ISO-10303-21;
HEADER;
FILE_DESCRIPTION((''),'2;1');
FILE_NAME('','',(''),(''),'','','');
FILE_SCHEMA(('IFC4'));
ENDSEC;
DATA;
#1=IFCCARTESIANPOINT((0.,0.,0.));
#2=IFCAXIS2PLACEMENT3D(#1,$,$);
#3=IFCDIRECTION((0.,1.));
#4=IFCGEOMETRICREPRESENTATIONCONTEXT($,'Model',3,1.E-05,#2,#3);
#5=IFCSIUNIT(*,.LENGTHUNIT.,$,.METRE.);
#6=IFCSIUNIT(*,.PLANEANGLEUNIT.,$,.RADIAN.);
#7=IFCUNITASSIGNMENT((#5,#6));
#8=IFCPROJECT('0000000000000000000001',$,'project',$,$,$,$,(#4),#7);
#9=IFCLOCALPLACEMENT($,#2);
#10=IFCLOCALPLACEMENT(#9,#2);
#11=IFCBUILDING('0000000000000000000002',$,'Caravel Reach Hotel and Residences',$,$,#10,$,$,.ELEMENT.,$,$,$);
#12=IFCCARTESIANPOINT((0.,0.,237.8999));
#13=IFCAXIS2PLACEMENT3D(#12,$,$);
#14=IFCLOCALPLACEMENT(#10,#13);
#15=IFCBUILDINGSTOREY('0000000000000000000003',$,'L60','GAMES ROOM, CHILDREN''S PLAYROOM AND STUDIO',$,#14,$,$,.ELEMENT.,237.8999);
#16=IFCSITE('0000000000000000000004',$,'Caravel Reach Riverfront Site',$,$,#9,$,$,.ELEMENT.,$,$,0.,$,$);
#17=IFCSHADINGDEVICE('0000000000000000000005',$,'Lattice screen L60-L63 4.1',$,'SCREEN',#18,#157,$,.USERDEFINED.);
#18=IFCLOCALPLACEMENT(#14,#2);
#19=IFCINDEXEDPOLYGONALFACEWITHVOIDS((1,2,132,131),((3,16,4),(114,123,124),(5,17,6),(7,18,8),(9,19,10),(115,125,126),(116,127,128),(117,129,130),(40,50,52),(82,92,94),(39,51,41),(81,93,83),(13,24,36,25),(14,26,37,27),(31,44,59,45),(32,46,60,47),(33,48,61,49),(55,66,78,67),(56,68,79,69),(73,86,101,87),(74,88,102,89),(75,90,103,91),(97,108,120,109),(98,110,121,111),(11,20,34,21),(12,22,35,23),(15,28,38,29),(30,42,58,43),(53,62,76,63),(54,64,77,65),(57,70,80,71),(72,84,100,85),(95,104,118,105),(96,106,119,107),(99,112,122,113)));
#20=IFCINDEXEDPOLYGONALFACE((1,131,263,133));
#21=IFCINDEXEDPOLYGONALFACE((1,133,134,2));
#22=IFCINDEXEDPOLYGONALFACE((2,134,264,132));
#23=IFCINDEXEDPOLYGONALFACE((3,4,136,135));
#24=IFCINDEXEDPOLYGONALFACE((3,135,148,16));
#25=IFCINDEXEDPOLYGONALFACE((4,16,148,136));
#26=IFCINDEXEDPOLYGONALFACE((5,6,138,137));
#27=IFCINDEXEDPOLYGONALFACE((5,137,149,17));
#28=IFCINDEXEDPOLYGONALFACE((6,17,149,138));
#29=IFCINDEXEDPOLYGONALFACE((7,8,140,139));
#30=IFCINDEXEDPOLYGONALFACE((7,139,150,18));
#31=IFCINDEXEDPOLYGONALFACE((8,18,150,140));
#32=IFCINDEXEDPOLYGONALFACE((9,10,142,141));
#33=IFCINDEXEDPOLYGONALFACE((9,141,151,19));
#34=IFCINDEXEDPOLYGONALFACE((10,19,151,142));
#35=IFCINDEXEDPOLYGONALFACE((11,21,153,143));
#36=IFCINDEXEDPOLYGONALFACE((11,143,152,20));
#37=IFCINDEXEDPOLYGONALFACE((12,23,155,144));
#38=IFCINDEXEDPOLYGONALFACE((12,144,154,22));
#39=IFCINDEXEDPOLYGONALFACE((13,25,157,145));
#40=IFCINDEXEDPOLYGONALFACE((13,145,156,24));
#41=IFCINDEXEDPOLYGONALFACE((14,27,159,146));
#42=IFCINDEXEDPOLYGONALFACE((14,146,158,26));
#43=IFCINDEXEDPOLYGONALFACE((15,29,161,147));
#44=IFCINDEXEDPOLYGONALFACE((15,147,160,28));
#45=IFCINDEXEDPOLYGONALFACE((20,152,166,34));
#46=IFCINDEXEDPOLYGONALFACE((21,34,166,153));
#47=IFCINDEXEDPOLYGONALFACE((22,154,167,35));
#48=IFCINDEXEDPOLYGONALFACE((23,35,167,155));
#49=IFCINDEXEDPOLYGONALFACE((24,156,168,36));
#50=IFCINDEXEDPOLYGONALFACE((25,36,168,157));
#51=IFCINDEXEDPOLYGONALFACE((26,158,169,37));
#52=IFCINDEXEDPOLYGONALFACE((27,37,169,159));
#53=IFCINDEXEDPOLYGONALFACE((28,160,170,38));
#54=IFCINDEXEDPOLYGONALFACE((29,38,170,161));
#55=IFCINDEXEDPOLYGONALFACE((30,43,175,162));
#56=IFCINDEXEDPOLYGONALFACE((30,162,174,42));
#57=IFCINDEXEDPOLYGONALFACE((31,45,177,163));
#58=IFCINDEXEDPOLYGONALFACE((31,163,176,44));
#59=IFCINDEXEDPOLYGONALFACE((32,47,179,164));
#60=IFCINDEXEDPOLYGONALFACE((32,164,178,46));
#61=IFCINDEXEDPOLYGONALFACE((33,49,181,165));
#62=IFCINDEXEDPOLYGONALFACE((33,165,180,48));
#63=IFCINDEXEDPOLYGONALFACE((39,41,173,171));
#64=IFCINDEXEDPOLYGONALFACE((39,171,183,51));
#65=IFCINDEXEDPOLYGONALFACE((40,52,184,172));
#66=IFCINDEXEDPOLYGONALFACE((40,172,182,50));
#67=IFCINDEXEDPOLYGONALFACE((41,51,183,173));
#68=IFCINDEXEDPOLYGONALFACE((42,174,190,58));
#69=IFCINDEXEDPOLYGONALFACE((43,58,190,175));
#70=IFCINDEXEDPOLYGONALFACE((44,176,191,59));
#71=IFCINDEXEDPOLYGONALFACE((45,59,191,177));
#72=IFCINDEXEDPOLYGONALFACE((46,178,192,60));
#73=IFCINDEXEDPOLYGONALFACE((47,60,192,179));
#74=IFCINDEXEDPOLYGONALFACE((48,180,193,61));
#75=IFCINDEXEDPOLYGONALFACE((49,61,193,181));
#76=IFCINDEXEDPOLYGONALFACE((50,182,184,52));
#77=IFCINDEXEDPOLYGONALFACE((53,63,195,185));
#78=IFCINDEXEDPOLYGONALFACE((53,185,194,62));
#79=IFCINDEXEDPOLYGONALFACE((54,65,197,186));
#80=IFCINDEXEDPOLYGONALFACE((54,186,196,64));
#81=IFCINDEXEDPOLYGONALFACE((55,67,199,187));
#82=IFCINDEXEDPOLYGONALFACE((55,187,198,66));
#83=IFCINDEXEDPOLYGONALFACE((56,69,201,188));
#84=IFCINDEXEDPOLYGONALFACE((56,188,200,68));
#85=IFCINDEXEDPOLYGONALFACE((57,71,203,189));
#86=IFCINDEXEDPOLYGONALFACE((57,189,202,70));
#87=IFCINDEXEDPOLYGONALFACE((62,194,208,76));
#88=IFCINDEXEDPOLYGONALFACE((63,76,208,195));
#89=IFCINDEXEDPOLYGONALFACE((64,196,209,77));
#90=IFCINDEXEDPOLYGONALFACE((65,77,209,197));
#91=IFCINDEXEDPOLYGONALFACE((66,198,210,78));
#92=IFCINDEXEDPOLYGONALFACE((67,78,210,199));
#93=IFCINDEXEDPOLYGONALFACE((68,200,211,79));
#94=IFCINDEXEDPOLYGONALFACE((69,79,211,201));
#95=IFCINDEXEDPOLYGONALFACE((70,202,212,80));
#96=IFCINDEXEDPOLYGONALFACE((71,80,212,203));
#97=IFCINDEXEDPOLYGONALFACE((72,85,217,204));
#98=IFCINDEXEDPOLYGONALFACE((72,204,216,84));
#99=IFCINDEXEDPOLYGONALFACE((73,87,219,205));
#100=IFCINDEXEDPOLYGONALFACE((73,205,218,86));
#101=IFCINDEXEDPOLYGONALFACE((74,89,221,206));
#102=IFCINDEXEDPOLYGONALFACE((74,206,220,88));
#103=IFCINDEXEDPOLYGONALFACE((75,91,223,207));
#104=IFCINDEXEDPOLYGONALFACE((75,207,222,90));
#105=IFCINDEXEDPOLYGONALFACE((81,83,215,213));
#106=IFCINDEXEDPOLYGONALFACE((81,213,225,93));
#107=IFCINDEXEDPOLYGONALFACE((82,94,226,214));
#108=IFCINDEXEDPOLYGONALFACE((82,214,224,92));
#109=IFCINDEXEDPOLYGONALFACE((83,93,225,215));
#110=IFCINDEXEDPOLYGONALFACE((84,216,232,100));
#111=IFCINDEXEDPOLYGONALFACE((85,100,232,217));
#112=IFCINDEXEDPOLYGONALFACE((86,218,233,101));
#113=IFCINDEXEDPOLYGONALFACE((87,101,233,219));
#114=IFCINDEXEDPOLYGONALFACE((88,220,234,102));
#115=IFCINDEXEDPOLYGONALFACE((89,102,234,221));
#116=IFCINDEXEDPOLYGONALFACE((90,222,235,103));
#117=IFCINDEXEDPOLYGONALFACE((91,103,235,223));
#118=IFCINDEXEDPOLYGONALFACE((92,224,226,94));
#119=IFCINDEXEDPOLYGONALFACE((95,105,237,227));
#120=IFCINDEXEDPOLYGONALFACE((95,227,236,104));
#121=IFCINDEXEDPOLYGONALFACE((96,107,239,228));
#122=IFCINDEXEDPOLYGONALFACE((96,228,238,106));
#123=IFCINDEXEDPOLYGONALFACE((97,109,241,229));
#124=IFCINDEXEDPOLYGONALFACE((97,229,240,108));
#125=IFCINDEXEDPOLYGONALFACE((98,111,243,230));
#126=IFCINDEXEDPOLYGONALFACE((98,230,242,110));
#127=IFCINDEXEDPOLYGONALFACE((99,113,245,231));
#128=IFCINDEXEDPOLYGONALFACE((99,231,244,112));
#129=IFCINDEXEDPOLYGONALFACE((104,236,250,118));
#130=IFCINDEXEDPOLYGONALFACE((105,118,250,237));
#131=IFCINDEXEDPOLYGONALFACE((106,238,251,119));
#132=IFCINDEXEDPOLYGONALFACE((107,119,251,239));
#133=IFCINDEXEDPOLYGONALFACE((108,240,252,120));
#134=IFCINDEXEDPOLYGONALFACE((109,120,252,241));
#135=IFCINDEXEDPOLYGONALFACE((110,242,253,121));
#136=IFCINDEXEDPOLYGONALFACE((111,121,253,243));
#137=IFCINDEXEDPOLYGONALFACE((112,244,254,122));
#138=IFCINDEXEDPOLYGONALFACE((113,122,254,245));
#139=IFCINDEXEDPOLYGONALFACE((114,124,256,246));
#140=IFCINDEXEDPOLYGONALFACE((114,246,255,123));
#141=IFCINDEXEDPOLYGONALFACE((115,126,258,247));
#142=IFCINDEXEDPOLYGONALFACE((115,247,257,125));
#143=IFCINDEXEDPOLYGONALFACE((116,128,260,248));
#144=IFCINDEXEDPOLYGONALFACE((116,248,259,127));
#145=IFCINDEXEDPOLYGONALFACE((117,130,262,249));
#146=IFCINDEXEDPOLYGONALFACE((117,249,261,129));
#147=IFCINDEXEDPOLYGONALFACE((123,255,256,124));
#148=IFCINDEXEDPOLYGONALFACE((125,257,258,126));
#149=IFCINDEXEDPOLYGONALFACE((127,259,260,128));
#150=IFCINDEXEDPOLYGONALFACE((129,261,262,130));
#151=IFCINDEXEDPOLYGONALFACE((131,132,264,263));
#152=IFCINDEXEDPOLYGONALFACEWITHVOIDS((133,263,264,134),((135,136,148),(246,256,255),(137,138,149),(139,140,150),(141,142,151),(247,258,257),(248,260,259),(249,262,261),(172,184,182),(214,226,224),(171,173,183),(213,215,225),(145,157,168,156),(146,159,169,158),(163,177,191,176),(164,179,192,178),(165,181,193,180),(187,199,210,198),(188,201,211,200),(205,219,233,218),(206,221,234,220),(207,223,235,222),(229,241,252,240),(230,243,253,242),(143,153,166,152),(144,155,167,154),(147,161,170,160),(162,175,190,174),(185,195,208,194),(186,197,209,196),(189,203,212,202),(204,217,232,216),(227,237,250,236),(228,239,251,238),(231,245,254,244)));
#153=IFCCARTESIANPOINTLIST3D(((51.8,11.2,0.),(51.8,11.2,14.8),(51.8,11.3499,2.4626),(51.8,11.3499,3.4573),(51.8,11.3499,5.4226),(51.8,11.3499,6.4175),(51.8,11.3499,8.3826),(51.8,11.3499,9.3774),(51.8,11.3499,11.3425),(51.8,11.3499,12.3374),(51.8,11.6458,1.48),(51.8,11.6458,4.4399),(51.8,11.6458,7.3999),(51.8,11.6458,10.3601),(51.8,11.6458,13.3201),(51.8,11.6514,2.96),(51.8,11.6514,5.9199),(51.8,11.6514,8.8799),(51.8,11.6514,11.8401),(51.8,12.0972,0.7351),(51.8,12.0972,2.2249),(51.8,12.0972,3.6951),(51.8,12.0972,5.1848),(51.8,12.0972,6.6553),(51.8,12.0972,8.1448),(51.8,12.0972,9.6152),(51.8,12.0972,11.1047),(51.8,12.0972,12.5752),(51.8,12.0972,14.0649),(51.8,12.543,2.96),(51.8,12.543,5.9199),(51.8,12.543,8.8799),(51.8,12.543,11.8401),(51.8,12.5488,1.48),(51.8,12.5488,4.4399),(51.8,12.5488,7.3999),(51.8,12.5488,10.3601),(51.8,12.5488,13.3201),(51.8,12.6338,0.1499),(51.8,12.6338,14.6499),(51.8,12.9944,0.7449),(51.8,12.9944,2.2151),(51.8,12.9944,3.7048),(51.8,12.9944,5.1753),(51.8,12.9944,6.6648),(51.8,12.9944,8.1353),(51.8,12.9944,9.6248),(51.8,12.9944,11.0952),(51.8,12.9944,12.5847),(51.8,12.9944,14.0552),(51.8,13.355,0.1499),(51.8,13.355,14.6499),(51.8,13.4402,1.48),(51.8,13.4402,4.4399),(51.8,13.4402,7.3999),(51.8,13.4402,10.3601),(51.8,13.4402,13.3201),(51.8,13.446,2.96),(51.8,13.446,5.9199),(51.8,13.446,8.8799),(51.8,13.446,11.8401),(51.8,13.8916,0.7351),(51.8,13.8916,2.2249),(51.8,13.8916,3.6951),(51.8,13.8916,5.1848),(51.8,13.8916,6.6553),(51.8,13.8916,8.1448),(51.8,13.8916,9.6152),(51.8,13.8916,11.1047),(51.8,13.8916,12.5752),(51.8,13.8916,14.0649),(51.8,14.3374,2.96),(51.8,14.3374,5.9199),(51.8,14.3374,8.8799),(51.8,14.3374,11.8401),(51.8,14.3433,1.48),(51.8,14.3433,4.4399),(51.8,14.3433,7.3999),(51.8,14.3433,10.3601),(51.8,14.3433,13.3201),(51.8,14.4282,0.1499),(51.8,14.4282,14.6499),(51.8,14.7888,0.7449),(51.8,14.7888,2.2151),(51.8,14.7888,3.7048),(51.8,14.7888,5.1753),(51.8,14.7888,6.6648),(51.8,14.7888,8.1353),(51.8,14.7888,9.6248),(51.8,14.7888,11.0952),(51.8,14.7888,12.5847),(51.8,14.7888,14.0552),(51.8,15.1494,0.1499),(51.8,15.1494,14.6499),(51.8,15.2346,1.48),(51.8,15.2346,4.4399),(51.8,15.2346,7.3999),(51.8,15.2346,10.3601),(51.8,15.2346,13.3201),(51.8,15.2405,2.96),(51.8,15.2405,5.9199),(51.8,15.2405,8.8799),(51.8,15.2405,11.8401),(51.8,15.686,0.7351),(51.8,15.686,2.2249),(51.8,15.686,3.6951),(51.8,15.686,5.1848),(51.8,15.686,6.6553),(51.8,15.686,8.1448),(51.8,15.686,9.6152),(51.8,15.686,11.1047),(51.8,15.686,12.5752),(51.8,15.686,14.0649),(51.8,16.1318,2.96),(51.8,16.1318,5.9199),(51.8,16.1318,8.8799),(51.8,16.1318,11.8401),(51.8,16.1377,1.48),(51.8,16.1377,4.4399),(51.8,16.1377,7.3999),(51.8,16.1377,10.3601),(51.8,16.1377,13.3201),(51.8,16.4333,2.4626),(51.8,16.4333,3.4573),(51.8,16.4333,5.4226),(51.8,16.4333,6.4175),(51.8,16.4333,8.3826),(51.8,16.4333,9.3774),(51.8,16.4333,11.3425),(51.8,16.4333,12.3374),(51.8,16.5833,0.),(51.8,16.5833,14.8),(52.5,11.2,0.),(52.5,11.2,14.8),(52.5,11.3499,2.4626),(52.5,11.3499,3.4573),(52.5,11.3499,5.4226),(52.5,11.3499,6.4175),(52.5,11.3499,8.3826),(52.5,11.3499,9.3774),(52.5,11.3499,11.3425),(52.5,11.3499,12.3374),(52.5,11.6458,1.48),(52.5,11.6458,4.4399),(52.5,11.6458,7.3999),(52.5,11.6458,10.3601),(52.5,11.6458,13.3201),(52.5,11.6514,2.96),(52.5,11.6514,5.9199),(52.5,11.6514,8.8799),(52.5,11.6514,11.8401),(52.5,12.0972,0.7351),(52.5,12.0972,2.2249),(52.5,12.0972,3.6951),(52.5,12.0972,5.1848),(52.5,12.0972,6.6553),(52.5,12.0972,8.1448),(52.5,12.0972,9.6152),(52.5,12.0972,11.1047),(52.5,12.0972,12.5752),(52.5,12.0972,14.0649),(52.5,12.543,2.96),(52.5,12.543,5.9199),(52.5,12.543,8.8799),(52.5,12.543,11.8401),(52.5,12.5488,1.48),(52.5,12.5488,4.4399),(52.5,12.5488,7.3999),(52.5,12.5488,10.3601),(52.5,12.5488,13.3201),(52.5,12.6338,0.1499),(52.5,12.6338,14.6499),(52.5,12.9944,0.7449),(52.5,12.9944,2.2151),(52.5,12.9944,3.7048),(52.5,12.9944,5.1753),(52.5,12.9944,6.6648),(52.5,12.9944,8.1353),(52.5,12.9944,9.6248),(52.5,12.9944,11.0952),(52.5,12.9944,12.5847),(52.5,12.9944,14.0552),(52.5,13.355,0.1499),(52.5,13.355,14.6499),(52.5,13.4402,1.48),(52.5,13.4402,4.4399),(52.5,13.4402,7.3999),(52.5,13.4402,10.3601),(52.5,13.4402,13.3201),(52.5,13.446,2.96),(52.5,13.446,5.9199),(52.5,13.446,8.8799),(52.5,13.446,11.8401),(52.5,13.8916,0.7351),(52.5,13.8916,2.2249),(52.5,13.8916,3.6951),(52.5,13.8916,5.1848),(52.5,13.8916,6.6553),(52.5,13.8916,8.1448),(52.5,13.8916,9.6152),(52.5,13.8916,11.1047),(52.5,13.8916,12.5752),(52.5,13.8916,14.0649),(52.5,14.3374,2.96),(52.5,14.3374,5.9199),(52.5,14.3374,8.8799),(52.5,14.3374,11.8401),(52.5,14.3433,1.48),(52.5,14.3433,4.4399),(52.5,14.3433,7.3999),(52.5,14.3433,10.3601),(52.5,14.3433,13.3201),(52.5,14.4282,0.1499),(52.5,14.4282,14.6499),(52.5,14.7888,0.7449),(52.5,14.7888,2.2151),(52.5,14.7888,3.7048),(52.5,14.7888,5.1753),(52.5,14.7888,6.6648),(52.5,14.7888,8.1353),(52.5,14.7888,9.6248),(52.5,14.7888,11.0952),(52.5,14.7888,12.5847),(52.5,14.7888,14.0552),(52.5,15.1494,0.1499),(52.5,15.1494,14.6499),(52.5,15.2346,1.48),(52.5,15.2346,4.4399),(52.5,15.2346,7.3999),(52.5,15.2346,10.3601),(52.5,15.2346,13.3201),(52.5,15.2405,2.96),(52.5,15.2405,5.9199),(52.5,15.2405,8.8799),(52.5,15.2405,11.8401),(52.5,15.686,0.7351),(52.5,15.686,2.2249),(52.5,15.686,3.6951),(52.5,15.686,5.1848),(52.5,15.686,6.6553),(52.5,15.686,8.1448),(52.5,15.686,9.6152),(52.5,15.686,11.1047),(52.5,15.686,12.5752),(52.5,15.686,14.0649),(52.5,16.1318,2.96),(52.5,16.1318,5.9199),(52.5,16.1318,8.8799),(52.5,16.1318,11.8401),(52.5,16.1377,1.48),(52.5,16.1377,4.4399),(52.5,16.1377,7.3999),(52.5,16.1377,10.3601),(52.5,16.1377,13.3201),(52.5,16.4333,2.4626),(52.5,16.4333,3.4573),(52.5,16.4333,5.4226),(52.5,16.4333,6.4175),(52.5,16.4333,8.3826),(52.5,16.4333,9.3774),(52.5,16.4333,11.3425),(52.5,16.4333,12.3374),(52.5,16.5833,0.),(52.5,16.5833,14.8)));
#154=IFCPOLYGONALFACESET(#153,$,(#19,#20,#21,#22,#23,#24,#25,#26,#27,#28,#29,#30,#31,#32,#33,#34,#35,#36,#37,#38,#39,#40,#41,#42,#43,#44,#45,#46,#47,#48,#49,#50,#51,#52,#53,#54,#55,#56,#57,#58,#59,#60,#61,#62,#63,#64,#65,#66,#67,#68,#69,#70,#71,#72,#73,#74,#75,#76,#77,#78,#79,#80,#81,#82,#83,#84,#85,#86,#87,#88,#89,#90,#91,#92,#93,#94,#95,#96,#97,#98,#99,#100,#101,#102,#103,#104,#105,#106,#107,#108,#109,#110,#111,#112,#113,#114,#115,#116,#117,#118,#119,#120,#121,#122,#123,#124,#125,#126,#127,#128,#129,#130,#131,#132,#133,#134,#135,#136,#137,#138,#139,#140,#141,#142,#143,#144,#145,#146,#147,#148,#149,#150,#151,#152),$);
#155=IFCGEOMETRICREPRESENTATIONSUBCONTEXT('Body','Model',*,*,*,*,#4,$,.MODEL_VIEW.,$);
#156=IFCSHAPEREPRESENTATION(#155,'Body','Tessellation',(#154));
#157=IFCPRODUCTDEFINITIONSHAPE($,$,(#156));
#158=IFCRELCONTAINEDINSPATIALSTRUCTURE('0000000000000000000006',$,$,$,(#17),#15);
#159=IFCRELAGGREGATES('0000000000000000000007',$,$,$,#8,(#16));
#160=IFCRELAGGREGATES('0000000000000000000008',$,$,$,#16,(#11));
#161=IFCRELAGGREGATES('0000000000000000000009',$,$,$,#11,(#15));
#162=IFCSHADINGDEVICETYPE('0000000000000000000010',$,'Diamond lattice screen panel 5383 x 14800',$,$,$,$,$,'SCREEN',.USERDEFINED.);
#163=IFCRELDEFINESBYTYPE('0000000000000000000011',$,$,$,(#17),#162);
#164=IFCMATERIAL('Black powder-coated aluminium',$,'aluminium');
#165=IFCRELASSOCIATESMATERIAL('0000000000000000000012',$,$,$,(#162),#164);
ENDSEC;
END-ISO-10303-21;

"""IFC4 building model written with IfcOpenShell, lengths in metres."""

from ifc_helpers import new_model, si_unit, direction, frame, origin, place, context, subcontext, project, spatial, polyline, outline, extrude, material, type_object, element, save


model = new_model("IFC4")

# Units and contexts
model_context = context("Model", 3, precision=1e-05, world=origin(), true_north=direction((0.0, 1.0)))
body_context = subcontext(model_context, "Body", "Model", "MODEL_VIEW")
ifc_project = project(units=[si_unit("LENGTHUNIT", "METRE"), si_unit("PLANEANGLEUNIT", "RADIAN")], contexts=[model_context])

# Site, building, storey
site_placement = place(None, origin())
site = spatial("IfcSite", under=ifc_project, at=site_placement, Name="Caravel Reach Riverfront Site", CompositionType="ELEMENT", RefElevation=0.0)
building_placement = place(site_placement, origin())
building = spatial("IfcBuilding", under=site, at=building_placement, Name="Caravel Reach Hotel and Residences", CompositionType="ELEMENT")
storey_placement = place(building_placement, frame((0.0, 0.0, 237.8999)))
storey = spatial("IfcBuildingStorey", under=building, at=storey_placement, Name="L60", Description="GAMES ROOM, CHILDREN'S PLAYROOM AND STUDIO", CompositionType="ELEMENT", Elevation=237.8999)

# Shading device
ifc_material_1 = material(Name="Black powder-coated aluminium", Category="aluminium")
shading_device_type_1 = type_object("IfcShadingDeviceType", Name="Diamond lattice screen panel 5383 x 14800", ElementType="SCREEN", PredefinedType="USERDEFINED", material=ifc_material_1)
shading_device_1_placement = place(storey_placement, frame((51.8, 11.2, 0.0), z_axis=(1.0, 0.0, 0.0), x_axis=(0.0, 1.0, 0.0)))
element("IfcShadingDevice", 1, at=shading_device_1_placement, inside=storey, type_object=shading_device_type_1, Name="Lattice screen L60-L63 4.1", ObjectType="SCREEN", PredefinedType="USERDEFINED", context=body_context, shape_type="SweptSolid", body=[
    extrude(outline(polyline([(0.0, 0.0), (5.3833, 0.0), (5.3833, 14.8), (0.0, 14.8), (0.0, 0.0)]), holes=[polyline([(0.4514, 2.96), (0.1499, 3.4573), (0.1499, 2.4626), (0.4514, 2.96)]), polyline([(0.4514, 5.9199), (0.1499, 6.4175), (0.1499, 5.4226), (0.4514, 5.9199)]), polyline([(0.4514, 8.8799), (0.1499, 9.3774), (0.1499, 8.3826), (0.4514, 8.8799)]), polyline([(0.4514, 11.8401), (0.1499, 12.3374), (0.1499, 11.3425), (0.4514, 11.8401)]), polyline([(0.8972, 2.2249), (0.4458, 1.48), (0.8972, 0.7351), (1.3489, 1.48), (0.8972, 2.2249)]), polyline([(0.8972, 5.1848), (0.4458, 4.4399), (0.8972, 3.6951), (1.3489, 4.4399), (0.8972, 5.1848)]), polyline([(0.8972, 8.1448), (0.4458, 7.3999), (0.8972, 6.6553), (1.3489, 7.3999), (0.8972, 8.1448)]), polyline([(0.8972, 11.1047), (0.4458, 10.3601), (0.8972, 9.6152), (1.3489, 10.3601), (0.8972, 11.1047)]), polyline([(0.8972, 14.0649), (0.4458, 13.3201), (0.8972, 12.5752), (1.3489, 13.3201), (0.8972, 14.0649)]), polyline([(1.7944, 0.7449), (1.4338, 0.1499), (2.155, 0.1499), (1.7944, 0.7449)]), polyline([(1.7944, 3.7048), (1.343, 2.96), (1.7944, 2.2151), (2.2461, 2.96), (1.7944, 3.7048)]), polyline([(1.7944, 6.6648), (1.343, 5.9199), (1.7944, 5.1753), (2.2461, 5.9199), (1.7944, 6.6648)]), polyline([(1.7944, 9.6248), (1.343, 8.8799), (1.7944, 8.1353), (2.2461, 8.8799), (1.7944, 9.6248)]), polyline([(1.7944, 12.5847), (1.343, 11.8401), (1.7944, 11.0952), (2.2461, 11.8401), (1.7944, 12.5847)]), polyline([(1.7944, 14.0552), (2.155, 14.6499), (1.4338, 14.6499), (1.7944, 14.0552)]), polyline([(2.6917, 2.2249), (2.2402, 1.48), (2.6917, 0.7351), (3.1433, 1.48), (2.6917, 2.2249)]), polyline([(2.6917, 5.1848), (2.2402, 4.4399), (2.6917, 3.6951), (3.1433, 4.4399), (2.6917, 5.1848)]), polyline([(2.6917, 8.1448), (2.2402, 7.3999), (2.6917, 6.6553), (3.1433, 7.3999), (2.6917, 8.1448)]), polyline([(2.6917, 11.1047), (2.2402, 10.3601), (2.6917, 9.6152), (3.1433, 10.3601), (2.6917, 11.1047)]), polyline([(2.6917, 14.0649), (2.2402, 13.3201), (2.6917, 12.5752), (3.1433, 13.3201), (2.6917, 14.0649)]), polyline([(3.5889, 0.7449), (3.2283, 0.1499), (3.9495, 0.1499), (3.5889, 0.7449)]), polyline([(3.5889, 3.7048), (3.1375, 2.96), (3.5889, 2.2151), (4.0405, 2.96), (3.5889, 3.7048)]), polyline([(3.5889, 6.6648), (3.1375, 5.9199), (3.5889, 5.1753), (4.0405, 5.9199), (3.5889, 6.6648)]), polyline([(3.5889, 9.6248), (3.1375, 8.8799), (3.5889, 8.1353), (4.0405, 8.8799), (3.5889, 9.6248)]), polyline([(3.5889, 12.5847), (3.1375, 11.8401), (3.5889, 11.0952), (4.0405, 11.8401), (3.5889, 12.5847)]), polyline([(3.5889, 14.0552), (3.9495, 14.6499), (3.2283, 14.6499), (3.5889, 14.0552)]), polyline([(4.4861, 2.2249), (4.0347, 1.48), (4.4861, 0.7351), (4.9377, 1.48), (4.4861, 2.2249)]), polyline([(4.4861, 5.1848), (4.0347, 4.4399), (4.4861, 3.6951), (4.9377, 4.4399), (4.4861, 5.1848)]), polyline([(4.4861, 8.1448), (4.0347, 7.3999), (4.4861, 6.6553), (4.9377, 7.3999), (4.4861, 8.1448)]), polyline([(4.4861, 11.1047), (4.0347, 10.3601), (4.4861, 9.6152), (4.9377, 10.3601), (4.4861, 11.1047)]), polyline([(4.4861, 14.0649), (4.0347, 13.3201), (4.4861, 12.5752), (4.9377, 13.3201), (4.4861, 14.0649)]), polyline([(4.9319, 2.96), (5.2334, 2.4626), (5.2334, 3.4573), (4.9319, 2.96)]), polyline([(4.9319, 5.9199), (5.2334, 5.4226), (5.2334, 6.4175), (4.9319, 5.9199)]), polyline([(4.9319, 8.8799), (5.2334, 8.3826), (5.2334, 9.3774), (4.9319, 8.8799)]), polyline([(4.9319, 11.8401), (5.2334, 11.3425), (5.2334, 12.3374), (4.9319, 11.8401)])]), origin(), (0.0, 0.0, 1.0), 0.7),
])

save(model, "model.ifc")
